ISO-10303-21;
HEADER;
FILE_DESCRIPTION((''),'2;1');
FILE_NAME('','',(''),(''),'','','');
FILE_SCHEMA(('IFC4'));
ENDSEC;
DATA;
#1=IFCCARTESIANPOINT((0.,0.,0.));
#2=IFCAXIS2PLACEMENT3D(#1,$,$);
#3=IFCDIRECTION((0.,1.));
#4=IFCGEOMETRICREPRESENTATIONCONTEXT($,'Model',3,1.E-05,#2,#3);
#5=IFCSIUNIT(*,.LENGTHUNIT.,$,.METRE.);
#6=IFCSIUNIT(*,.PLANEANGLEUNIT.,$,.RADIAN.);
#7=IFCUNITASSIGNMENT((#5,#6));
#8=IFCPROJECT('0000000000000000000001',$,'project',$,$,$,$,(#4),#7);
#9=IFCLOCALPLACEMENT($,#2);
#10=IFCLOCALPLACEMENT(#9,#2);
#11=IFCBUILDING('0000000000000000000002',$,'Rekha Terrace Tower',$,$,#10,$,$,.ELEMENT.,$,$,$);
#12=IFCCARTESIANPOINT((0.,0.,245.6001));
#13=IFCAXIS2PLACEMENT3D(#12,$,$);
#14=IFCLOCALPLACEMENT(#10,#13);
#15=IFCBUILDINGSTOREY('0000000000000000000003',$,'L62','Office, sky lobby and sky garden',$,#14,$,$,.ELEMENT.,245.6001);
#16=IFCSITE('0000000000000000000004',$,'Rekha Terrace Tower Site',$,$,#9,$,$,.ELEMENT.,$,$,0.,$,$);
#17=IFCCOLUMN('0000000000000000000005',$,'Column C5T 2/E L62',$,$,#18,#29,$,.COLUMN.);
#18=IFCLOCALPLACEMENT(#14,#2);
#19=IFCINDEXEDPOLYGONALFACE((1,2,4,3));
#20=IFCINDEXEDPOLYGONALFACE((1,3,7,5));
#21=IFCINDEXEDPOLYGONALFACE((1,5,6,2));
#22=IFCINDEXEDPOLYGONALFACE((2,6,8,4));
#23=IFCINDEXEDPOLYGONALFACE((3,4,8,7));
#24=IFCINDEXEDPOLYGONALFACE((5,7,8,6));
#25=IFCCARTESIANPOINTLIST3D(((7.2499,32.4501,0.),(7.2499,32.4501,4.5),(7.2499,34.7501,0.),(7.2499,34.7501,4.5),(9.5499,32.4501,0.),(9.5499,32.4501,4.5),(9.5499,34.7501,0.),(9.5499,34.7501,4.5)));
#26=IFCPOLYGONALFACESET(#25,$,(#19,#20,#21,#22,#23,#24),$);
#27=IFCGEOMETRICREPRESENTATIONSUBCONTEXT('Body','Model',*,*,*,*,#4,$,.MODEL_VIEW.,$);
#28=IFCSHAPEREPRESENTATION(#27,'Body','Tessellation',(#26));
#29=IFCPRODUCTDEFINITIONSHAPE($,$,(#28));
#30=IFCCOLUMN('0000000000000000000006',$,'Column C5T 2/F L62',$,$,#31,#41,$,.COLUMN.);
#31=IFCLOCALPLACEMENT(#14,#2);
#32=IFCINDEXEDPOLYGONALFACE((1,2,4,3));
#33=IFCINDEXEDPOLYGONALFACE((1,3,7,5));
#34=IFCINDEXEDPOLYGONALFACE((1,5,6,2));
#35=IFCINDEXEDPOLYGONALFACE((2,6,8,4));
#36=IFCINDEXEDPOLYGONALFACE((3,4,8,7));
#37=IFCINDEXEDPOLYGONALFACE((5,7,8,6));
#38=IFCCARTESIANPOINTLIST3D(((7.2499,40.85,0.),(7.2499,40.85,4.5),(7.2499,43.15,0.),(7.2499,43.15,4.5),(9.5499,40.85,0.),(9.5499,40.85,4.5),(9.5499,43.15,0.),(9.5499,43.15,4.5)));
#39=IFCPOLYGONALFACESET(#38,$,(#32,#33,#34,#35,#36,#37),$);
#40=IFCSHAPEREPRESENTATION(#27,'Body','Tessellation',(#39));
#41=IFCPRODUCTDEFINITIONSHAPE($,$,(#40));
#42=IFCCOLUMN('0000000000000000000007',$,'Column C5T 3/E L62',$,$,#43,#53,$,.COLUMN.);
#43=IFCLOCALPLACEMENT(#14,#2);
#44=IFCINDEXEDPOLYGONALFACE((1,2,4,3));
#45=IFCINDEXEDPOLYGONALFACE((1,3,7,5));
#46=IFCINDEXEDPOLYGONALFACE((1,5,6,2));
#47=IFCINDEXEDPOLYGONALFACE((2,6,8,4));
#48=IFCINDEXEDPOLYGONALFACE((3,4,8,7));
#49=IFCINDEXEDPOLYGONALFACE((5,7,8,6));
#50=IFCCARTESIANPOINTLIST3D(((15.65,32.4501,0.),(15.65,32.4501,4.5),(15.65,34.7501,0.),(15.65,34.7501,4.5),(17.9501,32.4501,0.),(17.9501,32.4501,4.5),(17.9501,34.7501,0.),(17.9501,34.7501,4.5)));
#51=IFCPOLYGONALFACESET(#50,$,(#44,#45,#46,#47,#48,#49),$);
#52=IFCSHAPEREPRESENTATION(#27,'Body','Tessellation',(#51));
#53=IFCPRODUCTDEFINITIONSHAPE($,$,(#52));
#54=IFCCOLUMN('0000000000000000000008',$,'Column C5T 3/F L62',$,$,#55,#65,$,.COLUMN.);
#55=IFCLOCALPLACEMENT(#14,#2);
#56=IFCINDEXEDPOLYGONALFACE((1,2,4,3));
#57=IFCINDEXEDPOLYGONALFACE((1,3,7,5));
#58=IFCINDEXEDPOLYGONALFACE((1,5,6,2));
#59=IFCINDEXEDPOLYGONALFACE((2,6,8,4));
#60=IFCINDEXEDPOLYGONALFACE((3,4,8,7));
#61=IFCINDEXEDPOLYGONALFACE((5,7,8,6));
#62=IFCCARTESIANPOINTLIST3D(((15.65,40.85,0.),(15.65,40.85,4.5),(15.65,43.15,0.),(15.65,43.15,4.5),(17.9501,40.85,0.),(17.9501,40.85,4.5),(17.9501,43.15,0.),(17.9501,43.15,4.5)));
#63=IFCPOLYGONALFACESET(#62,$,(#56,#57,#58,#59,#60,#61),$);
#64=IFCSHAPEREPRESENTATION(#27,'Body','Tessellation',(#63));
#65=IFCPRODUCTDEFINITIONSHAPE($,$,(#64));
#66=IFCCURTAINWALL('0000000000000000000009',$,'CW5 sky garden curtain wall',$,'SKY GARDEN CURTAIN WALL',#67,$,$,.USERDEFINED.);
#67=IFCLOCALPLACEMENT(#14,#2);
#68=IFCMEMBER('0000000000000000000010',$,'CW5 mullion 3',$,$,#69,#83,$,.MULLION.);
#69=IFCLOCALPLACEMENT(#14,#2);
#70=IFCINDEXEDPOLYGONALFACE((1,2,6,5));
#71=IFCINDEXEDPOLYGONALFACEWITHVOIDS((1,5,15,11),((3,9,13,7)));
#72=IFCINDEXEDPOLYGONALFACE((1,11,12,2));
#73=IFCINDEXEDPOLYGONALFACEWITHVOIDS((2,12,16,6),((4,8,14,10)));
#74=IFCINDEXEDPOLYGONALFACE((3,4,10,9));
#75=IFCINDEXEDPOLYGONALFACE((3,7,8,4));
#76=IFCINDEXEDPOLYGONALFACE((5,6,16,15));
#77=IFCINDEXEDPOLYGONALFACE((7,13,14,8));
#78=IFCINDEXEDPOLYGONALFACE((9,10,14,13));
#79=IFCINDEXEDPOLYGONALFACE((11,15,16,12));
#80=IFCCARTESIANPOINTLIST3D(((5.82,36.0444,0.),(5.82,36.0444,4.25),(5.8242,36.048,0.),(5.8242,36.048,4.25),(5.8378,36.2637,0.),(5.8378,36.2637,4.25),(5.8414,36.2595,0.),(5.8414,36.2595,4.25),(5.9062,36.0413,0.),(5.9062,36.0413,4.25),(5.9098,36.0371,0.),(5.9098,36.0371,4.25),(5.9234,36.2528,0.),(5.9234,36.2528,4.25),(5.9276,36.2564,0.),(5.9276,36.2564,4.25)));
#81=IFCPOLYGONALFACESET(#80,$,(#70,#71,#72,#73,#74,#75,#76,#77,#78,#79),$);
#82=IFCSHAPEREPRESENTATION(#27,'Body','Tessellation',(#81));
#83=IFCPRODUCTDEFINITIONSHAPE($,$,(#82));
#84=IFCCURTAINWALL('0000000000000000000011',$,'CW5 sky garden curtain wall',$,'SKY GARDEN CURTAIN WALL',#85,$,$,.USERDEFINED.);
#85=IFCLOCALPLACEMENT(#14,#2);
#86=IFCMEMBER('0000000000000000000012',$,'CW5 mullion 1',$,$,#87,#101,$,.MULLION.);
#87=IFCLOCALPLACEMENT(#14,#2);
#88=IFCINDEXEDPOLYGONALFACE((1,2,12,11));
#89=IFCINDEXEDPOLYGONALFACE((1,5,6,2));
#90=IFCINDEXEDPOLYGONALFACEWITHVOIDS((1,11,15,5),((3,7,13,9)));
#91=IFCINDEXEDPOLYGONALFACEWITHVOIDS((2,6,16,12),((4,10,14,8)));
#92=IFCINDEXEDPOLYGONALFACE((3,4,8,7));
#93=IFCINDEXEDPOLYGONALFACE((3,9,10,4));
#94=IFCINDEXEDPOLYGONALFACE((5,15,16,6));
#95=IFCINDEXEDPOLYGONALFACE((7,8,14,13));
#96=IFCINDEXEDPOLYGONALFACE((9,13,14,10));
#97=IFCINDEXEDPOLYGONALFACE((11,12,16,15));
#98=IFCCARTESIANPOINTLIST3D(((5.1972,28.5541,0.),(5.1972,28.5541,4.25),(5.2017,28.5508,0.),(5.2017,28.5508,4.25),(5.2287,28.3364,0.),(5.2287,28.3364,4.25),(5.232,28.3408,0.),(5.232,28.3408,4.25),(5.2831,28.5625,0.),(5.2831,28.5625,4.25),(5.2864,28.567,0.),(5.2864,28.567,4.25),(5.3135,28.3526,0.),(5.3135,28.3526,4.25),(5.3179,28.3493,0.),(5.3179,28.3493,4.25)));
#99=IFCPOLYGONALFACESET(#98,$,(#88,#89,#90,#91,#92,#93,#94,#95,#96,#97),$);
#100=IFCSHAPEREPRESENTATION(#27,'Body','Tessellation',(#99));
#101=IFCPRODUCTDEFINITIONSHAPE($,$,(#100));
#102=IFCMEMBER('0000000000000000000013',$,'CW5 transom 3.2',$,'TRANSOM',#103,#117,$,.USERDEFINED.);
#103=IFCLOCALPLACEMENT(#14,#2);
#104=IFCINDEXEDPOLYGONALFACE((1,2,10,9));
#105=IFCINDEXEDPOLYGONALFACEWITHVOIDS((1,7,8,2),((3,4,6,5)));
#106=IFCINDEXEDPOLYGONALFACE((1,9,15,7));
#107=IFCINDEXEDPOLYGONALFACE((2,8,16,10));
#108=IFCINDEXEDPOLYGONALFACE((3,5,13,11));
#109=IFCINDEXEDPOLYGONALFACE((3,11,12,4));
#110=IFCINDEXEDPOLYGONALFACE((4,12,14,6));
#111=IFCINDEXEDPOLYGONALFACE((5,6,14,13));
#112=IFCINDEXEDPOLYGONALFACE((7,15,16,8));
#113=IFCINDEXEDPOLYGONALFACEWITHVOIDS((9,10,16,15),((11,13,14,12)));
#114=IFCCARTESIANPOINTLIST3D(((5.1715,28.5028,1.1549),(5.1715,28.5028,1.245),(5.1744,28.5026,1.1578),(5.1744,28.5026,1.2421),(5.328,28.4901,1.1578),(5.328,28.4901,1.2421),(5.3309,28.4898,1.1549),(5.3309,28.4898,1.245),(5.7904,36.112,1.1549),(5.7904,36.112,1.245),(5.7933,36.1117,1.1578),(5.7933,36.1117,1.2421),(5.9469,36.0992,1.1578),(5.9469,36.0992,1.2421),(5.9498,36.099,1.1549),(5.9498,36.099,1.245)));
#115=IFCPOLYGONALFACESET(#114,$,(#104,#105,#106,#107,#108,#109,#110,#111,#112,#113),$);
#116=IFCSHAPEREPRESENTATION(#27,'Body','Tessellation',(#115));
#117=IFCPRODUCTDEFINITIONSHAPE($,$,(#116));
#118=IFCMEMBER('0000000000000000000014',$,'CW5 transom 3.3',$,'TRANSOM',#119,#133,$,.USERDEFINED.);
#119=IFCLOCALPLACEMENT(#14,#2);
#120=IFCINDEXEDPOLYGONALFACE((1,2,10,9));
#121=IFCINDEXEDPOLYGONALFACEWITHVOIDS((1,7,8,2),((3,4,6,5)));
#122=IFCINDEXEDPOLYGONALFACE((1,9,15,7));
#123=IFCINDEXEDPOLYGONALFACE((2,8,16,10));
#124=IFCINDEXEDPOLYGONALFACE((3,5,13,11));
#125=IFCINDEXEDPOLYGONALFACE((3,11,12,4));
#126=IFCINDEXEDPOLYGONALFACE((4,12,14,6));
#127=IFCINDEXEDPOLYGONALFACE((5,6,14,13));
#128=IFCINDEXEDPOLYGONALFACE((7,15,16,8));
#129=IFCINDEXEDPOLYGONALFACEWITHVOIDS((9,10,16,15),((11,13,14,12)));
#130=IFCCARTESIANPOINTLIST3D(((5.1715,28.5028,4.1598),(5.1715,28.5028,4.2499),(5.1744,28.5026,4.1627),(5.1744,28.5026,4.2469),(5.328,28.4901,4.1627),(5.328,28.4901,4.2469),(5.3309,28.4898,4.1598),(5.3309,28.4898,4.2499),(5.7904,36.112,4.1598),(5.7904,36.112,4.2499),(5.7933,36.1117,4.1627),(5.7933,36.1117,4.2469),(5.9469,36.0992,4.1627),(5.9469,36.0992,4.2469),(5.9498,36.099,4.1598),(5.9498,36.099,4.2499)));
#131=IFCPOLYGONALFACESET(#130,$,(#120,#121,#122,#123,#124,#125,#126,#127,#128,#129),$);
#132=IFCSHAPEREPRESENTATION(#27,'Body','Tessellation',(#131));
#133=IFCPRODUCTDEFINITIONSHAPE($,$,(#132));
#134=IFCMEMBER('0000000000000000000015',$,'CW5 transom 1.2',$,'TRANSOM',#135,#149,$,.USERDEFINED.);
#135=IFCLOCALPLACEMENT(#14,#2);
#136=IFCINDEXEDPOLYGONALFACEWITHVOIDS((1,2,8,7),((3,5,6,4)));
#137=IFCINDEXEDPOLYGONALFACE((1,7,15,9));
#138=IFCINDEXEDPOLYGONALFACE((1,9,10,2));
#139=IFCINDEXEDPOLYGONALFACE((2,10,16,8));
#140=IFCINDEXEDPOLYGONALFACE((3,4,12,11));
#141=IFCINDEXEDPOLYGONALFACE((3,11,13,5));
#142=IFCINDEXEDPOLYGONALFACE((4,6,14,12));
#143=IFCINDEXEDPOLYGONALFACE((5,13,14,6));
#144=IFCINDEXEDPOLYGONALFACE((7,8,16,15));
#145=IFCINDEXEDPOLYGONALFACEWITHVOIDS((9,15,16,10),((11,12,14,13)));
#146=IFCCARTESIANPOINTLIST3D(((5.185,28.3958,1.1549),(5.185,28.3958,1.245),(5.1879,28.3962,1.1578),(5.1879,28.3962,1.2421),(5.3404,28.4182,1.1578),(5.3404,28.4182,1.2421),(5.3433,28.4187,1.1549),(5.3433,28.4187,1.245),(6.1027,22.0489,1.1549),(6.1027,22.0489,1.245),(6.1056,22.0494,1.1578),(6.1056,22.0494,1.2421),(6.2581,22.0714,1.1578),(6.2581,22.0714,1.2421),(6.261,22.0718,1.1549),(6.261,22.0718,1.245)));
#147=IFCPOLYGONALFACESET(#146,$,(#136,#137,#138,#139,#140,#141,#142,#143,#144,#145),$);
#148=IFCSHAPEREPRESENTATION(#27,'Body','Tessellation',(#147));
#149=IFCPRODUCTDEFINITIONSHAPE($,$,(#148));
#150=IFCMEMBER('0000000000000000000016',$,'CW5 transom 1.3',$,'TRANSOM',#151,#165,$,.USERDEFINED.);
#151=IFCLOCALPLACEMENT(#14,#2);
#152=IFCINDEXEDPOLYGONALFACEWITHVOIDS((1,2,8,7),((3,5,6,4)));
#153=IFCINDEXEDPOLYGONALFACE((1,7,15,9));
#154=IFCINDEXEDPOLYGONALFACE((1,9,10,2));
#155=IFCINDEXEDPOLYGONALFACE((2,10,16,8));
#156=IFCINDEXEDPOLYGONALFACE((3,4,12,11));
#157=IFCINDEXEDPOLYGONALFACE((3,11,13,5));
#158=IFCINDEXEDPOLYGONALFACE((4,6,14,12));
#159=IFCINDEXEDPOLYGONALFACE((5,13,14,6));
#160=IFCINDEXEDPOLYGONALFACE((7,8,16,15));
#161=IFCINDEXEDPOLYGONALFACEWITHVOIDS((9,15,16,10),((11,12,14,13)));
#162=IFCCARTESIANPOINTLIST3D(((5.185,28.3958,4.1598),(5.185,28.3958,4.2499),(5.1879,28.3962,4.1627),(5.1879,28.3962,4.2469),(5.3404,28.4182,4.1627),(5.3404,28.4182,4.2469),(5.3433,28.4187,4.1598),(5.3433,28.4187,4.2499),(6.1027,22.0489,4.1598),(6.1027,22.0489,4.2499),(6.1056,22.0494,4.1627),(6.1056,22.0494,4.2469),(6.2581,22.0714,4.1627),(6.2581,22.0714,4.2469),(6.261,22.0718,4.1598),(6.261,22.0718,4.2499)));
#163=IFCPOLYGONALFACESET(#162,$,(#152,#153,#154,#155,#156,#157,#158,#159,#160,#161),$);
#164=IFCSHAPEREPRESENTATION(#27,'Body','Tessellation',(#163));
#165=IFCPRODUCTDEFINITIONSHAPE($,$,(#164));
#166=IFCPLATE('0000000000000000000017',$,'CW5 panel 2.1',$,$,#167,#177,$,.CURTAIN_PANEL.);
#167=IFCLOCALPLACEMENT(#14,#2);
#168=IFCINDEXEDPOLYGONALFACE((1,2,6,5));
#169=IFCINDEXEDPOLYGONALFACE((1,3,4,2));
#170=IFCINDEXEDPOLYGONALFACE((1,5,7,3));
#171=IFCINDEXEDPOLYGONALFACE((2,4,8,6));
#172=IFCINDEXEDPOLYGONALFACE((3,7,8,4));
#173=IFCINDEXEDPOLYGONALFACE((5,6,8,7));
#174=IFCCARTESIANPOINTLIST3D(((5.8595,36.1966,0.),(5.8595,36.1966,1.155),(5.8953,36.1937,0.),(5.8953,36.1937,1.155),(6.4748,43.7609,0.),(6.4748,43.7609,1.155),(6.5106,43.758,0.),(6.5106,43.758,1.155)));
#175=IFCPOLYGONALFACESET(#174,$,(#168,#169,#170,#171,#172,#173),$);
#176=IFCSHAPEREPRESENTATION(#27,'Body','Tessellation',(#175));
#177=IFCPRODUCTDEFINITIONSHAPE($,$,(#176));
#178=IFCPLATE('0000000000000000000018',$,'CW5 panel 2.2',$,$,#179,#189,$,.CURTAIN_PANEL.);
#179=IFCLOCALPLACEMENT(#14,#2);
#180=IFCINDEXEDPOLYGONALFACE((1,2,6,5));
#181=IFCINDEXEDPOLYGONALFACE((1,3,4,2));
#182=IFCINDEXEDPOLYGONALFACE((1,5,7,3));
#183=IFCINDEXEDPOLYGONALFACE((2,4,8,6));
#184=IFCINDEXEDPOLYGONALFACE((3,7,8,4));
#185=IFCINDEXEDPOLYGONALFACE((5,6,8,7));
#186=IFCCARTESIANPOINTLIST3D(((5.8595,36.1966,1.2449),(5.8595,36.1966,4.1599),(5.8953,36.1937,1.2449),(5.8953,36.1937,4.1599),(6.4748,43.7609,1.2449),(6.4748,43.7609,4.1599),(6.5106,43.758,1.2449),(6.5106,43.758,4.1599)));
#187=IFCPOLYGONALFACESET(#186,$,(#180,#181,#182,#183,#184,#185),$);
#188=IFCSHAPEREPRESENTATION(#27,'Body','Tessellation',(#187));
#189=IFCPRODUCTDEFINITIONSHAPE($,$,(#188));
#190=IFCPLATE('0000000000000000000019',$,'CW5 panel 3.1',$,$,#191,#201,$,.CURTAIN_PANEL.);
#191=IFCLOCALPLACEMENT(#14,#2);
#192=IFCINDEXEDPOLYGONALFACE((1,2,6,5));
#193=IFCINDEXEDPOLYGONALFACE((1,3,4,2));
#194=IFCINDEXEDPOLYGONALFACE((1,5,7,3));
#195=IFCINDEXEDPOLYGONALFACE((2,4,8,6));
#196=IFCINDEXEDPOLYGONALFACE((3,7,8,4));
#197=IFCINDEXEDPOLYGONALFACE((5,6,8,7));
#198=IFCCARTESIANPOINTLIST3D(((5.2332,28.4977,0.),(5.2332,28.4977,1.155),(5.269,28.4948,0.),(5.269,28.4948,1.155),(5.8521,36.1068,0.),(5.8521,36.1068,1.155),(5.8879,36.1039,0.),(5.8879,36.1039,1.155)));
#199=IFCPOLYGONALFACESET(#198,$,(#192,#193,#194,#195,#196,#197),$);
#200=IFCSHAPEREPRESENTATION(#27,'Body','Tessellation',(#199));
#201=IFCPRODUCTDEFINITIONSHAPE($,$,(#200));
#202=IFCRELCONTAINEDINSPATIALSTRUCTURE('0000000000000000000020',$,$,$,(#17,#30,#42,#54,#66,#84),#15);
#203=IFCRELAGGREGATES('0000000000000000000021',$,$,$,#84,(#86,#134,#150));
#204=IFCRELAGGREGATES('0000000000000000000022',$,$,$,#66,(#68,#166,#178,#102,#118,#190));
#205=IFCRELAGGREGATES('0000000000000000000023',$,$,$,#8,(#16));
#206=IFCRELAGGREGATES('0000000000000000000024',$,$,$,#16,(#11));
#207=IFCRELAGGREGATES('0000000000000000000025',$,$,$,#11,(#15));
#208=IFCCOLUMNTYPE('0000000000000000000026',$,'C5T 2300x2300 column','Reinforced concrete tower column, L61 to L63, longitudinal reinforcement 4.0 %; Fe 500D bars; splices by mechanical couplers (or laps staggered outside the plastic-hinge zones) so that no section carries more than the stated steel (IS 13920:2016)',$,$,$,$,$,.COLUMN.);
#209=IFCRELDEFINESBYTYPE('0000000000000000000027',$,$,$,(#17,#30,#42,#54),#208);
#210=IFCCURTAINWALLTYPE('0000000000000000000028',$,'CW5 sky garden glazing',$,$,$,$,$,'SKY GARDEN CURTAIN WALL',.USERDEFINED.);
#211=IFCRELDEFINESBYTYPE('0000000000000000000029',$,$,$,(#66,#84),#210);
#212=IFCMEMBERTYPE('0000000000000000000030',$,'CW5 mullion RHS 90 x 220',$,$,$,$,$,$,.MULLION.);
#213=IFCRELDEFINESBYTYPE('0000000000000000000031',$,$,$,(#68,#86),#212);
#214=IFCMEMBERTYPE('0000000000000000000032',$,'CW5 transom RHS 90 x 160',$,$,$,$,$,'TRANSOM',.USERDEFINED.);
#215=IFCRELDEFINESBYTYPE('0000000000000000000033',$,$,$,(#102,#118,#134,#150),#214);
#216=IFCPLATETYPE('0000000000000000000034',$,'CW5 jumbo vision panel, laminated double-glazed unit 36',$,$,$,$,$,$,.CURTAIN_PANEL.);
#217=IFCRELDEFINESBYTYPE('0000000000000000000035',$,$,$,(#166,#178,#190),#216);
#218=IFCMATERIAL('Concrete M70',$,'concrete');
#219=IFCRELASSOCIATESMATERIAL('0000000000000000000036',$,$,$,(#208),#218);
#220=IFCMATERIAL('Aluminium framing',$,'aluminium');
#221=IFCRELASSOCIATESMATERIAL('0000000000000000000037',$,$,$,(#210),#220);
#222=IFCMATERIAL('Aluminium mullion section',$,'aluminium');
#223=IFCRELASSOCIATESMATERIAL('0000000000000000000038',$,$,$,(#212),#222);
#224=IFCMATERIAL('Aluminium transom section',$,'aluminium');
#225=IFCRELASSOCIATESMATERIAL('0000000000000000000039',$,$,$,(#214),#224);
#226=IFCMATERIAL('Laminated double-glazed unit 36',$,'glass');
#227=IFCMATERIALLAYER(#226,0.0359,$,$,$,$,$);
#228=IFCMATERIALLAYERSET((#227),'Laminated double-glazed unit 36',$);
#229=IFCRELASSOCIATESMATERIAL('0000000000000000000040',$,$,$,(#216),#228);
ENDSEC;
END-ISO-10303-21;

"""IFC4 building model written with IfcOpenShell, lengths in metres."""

from ifc_helpers import new_model, si_unit, direction, frame, origin, origin_2d, place, context, subcontext, project, spatial, rectangle, hollow_rectangle, extrude, material, layer, layer_set, material_profile, profile_set, type_object, element, aggregate, save


model = new_model("IFC4")

# Units and contexts
model_context = context("Model", 3, precision=1e-05, world=origin(), true_north=direction((0.0, 1.0)))
body_context = subcontext(model_context, "Body", "Model", "MODEL_VIEW")
ifc_project = project(units=[si_unit("LENGTHUNIT", "METRE"), si_unit("PLANEANGLEUNIT", "RADIAN")], contexts=[model_context])

# Site, building, storey
site_placement = place(None, origin())
site = spatial("IfcSite", under=ifc_project, at=site_placement, Name="Rekha Terrace Tower Site", CompositionType="ELEMENT", RefElevation=0.0)
building_placement = place(site_placement, origin())
building = spatial("IfcBuilding", under=site, at=building_placement, Name="Rekha Terrace Tower", CompositionType="ELEMENT")
storey_placement = place(building_placement, frame((0.0, 0.0, 245.6001)))
storey = spatial("IfcBuildingStorey", under=building, at=storey_placement, Name="L62", Description="Office, sky lobby and sky garden", CompositionType="ELEMENT", Elevation=245.6001)

# Columns
ifc_material_1 = material(Name="Concrete M70", Category="concrete")
ifc_material_profile_1 = material_profile(ifc_material_1, rectangle(XDim=2.3, YDim=2.3, at=origin_2d()), Name="RC 2300x2300")
ifc_profile_set_1 = profile_set([ifc_material_profile_1], Name="Concrete M70")
column_type = type_object("IfcColumnType", Name="C5T 2300x2300 column", Description="Reinforced concrete tower column, L61 to L63, longitudinal reinforcement 4.0 %; Fe 500D bars; splices by mechanical couplers (or laps staggered outside the plastic-hinge zones) so that no section carries more than the stated steel (IS 13920:2016)", PredefinedType="COLUMN", material=ifc_profile_set_1)
for number, where, z_axis, x_axis, name in (
    (1, (8.3999, 33.6001, 0.0), (0.0, 0.0, 1.0), (1.0, 0.0, 0.0), "Column C5T 2/E L62"),
    (2, (8.3999, 42.0, 0.0), (0.0, 0.0, 1.0), (1.0, 0.0, 0.0), "Column C5T 2/F L62"),
    (3, (16.8, 33.6001, 0.0), (0.0, 0.0, 1.0), (1.0, 0.0, 0.0), "Column C5T 3/E L62"),
    (4, (16.8, 42.0, 0.0), (0.0, 0.0, 1.0), (1.0, 0.0, 0.0), "Column C5T 3/F L62"),
):
    element("IfcColumn", number, at=place(storey_placement, frame(where, z_axis=z_axis, x_axis=x_axis)), inside=storey, type_object=column_type, Name=name, PredefinedType="COLUMN", context=body_context, shape_type="SweptSolid", body=[
        extrude(rectangle(XDim=2.3, YDim=2.3, at=origin_2d()), origin(), (0.0, 0.0, 1.0), 4.5),
    ])

# Curtain walls, members
ifc_material_2 = material(Name="Aluminium framing", Category="aluminium")
curtain_wall_type = type_object("IfcCurtainWallType", Name="CW5 sky garden glazing", ElementType="SKY GARDEN CURTAIN WALL", PredefinedType="USERDEFINED", material=ifc_material_2)
curtain_wall_1_placement = place(storey_placement, origin())
curtain_wall_1 = element("IfcCurtainWall", 5, at=curtain_wall_1_placement, inside=storey, type_object=curtain_wall_type, Name="CW5 sky garden curtain wall", ObjectType="SKY GARDEN CURTAIN WALL", PredefinedType="USERDEFINED")
ifc_material_3 = material(Name="Aluminium mullion section", Category="aluminium")
ifc_material_profile_2 = material_profile(ifc_material_3, hollow_rectangle(XDim=0.0901, YDim=0.22, WallThickness=0.0039, at=origin_2d()), Name="AL RHS 90x220")
ifc_profile_set_2 = profile_set([ifc_material_profile_2], Name="Aluminium mullion section")
member_type_1 = type_object("IfcMemberType", Name="CW5 mullion RHS 90 x 220", PredefinedType="MULLION", material=ifc_profile_set_2)
member_1_placement = place(storey_placement, frame((5.8738, 36.1504, 0.0), z_axis=(0.0, 0.0, 1.0), x_axis=(0.996709, -0.081068, 0.0)))
member_1 = element("IfcMember", 6, at=member_1_placement, type_object=member_type_1, Name="CW5 mullion 3", PredefinedType="MULLION", context=body_context, shape_type="SweptSolid", body=[
    extrude(hollow_rectangle(XDim=0.0901, YDim=0.22, WallThickness=0.0039, at=origin_2d()), origin(), (0.0, 0.0, 1.0), 4.25),
])
curtain_wall_2_placement = place(storey_placement, origin())
curtain_wall_2 = element("IfcCurtainWall", 7, at=curtain_wall_2_placement, inside=storey, type_object=curtain_wall_type, Name="CW5 sky garden curtain wall", ObjectType="SKY GARDEN CURTAIN WALL", PredefinedType="USERDEFINED")
member_2_placement = place(storey_placement, frame((5.2576, 28.4517, 0.0), z_axis=(0.0, 0.0, 1.0), x_axis=(0.989707, 0.143108, 0.0)))
member_2 = element("IfcMember", 8, at=member_2_placement, type_object=member_type_1, Name="CW5 mullion 1", PredefinedType="MULLION", context=body_context, shape_type="SweptSolid", body=[
    extrude(hollow_rectangle(XDim=0.0901, YDim=0.22, WallThickness=0.0039, at=origin_2d()), origin(), (0.0, 0.0, 1.0), 4.25),
])

# Members
ifc_material_4 = material(Name="Aluminium transom section", Category="aluminium")
ifc_material_profile_3 = material_profile(ifc_material_4, hollow_rectangle(XDim=0.1599, YDim=0.0901, WallThickness=0.0029, at=origin_2d()), Name="AL RHS 160x90")
ifc_profile_set_3 = profile_set([ifc_material_profile_3], Name="Aluminium transom section")
member_type_2 = type_object("IfcMemberType", Name="CW5 transom RHS 90 x 160", ElementType="TRANSOM", PredefinedType="USERDEFINED", material=ifc_profile_set_3)
member_3_placement = place(storey_placement, frame((5.8701, 36.1055, 1.2), z_axis=(-0.081068, -0.996709, 0.0), x_axis=(0.996709, -0.081068, 0.0)))
member_3 = element("IfcMember", 9, at=member_3_placement, type_object=member_type_2, Name="CW5 transom 3.2", ObjectType="TRANSOM", PredefinedType="USERDEFINED", context=body_context, shape_type="SweptSolid", body=[
    extrude(hollow_rectangle(XDim=0.1599, YDim=0.0901, WallThickness=0.0029, at=origin_2d()), origin(), (0.0, 0.0, 1.0), 7.6343),
])
member_4_placement = place(storey_placement, frame((5.8701, 36.1055, 4.2048), z_axis=(-0.081068, -0.996709, 0.0), x_axis=(0.996709, -0.081068, 0.0)))
member_4 = element("IfcMember", 10, at=member_4_placement, type_object=member_type_2, Name="CW5 transom 3.3", ObjectType="TRANSOM", PredefinedType="USERDEFINED", context=body_context, shape_type="SweptSolid", body=[
    extrude(hollow_rectangle(XDim=0.1599, YDim=0.0901, WallThickness=0.0029, at=origin_2d()), origin(), (0.0, 0.0, 1.0), 7.6343),
])
member_5_placement = place(storey_placement, frame((5.2642, 28.4072, 1.2), z_axis=(0.143105, -0.989707, 0.0), x_axis=(0.989707, 0.143105, 0.0)))
member_5 = element("IfcMember", 11, at=member_5_placement, type_object=member_type_2, Name="CW5 transom 1.2", ObjectType="TRANSOM", PredefinedType="USERDEFINED", context=body_context, shape_type="SweptSolid", body=[
    extrude(hollow_rectangle(XDim=0.1599, YDim=0.0901, WallThickness=0.0029, at=origin_2d()), origin(), (0.0, 0.0, 1.0), 6.4128),
])
member_6_placement = place(storey_placement, frame((5.2642, 28.4072, 4.2048), z_axis=(0.143105, -0.989707, 0.0), x_axis=(0.989707, 0.143105, 0.0)))
member_6 = element("IfcMember", 12, at=member_6_placement, type_object=member_type_2, Name="CW5 transom 1.3", ObjectType="TRANSOM", PredefinedType="USERDEFINED", context=body_context, shape_type="SweptSolid", body=[
    extrude(hollow_rectangle(XDim=0.1599, YDim=0.0901, WallThickness=0.0029, at=origin_2d()), origin(), (0.0, 0.0, 1.0), 6.4128),
])
aggregate(curtain_wall_2, [member_2, member_5, member_6])

# Plates
ifc_material_5 = material(Name="Laminated double-glazed unit 36", Category="glass")
ifc_layer_1 = layer(ifc_material_5, 0.0359)
ifc_layer_set_1 = layer_set([ifc_layer_1], Name="Laminated double-glazed unit 36")
plate_type = type_object("IfcPlateType", Name="CW5 jumbo vision panel, laminated double-glazed unit 36", PredefinedType="CURTAIN_PANEL", material=ifc_layer_set_1)
plate_1_placement = place(storey_placement, frame((6.1851, 39.9773, 0.0), z_axis=(0.0, 0.0, 1.0), x_axis=(-0.081068, -0.996709, 0.0)))
plate_1 = element("IfcPlate", 13, at=plate_1_placement, type_object=plate_type, Name="CW5 panel 2.1", PredefinedType="CURTAIN_PANEL", context=body_context, shape_type="SweptSolid", body=[
    extrude(rectangle(XDim=7.5894, YDim=0.0359, at=origin_2d()), origin(), (0.0, 0.0, 1.0), 1.155),
])
plate_2_placement = place(storey_placement, frame((6.1851, 39.9773, 1.2449), z_axis=(0.0, 0.0, 1.0), x_axis=(-0.081068, -0.996709, 0.0)))
plate_2 = element("IfcPlate", 14, at=plate_2_placement, type_object=plate_type, Name="CW5 panel 2.2", PredefinedType="CURTAIN_PANEL", context=body_context, shape_type="SweptSolid", body=[
    extrude(rectangle(XDim=7.5894, YDim=0.0359, at=origin_2d()), origin(), (0.0, 0.0, 1.0), 2.915),
])
plate_3_placement = place(storey_placement, frame((5.5605, 32.3008, 0.0), z_axis=(0.0, 0.0, 1.0), x_axis=(-0.081068, -0.996709, 0.0)))
plate_3 = element("IfcPlate", 15, at=plate_3_placement, type_object=plate_type, Name="CW5 panel 3.1", PredefinedType="CURTAIN_PANEL", context=body_context, shape_type="SweptSolid", body=[
    extrude(rectangle(XDim=7.6343, YDim=0.0359, at=origin_2d()), origin(), (0.0, 0.0, 1.0), 1.155),
])
aggregate(curtain_wall_1, [member_1, plate_1, plate_2, member_3, member_4, plate_3])

save(model, "model.ifc")
